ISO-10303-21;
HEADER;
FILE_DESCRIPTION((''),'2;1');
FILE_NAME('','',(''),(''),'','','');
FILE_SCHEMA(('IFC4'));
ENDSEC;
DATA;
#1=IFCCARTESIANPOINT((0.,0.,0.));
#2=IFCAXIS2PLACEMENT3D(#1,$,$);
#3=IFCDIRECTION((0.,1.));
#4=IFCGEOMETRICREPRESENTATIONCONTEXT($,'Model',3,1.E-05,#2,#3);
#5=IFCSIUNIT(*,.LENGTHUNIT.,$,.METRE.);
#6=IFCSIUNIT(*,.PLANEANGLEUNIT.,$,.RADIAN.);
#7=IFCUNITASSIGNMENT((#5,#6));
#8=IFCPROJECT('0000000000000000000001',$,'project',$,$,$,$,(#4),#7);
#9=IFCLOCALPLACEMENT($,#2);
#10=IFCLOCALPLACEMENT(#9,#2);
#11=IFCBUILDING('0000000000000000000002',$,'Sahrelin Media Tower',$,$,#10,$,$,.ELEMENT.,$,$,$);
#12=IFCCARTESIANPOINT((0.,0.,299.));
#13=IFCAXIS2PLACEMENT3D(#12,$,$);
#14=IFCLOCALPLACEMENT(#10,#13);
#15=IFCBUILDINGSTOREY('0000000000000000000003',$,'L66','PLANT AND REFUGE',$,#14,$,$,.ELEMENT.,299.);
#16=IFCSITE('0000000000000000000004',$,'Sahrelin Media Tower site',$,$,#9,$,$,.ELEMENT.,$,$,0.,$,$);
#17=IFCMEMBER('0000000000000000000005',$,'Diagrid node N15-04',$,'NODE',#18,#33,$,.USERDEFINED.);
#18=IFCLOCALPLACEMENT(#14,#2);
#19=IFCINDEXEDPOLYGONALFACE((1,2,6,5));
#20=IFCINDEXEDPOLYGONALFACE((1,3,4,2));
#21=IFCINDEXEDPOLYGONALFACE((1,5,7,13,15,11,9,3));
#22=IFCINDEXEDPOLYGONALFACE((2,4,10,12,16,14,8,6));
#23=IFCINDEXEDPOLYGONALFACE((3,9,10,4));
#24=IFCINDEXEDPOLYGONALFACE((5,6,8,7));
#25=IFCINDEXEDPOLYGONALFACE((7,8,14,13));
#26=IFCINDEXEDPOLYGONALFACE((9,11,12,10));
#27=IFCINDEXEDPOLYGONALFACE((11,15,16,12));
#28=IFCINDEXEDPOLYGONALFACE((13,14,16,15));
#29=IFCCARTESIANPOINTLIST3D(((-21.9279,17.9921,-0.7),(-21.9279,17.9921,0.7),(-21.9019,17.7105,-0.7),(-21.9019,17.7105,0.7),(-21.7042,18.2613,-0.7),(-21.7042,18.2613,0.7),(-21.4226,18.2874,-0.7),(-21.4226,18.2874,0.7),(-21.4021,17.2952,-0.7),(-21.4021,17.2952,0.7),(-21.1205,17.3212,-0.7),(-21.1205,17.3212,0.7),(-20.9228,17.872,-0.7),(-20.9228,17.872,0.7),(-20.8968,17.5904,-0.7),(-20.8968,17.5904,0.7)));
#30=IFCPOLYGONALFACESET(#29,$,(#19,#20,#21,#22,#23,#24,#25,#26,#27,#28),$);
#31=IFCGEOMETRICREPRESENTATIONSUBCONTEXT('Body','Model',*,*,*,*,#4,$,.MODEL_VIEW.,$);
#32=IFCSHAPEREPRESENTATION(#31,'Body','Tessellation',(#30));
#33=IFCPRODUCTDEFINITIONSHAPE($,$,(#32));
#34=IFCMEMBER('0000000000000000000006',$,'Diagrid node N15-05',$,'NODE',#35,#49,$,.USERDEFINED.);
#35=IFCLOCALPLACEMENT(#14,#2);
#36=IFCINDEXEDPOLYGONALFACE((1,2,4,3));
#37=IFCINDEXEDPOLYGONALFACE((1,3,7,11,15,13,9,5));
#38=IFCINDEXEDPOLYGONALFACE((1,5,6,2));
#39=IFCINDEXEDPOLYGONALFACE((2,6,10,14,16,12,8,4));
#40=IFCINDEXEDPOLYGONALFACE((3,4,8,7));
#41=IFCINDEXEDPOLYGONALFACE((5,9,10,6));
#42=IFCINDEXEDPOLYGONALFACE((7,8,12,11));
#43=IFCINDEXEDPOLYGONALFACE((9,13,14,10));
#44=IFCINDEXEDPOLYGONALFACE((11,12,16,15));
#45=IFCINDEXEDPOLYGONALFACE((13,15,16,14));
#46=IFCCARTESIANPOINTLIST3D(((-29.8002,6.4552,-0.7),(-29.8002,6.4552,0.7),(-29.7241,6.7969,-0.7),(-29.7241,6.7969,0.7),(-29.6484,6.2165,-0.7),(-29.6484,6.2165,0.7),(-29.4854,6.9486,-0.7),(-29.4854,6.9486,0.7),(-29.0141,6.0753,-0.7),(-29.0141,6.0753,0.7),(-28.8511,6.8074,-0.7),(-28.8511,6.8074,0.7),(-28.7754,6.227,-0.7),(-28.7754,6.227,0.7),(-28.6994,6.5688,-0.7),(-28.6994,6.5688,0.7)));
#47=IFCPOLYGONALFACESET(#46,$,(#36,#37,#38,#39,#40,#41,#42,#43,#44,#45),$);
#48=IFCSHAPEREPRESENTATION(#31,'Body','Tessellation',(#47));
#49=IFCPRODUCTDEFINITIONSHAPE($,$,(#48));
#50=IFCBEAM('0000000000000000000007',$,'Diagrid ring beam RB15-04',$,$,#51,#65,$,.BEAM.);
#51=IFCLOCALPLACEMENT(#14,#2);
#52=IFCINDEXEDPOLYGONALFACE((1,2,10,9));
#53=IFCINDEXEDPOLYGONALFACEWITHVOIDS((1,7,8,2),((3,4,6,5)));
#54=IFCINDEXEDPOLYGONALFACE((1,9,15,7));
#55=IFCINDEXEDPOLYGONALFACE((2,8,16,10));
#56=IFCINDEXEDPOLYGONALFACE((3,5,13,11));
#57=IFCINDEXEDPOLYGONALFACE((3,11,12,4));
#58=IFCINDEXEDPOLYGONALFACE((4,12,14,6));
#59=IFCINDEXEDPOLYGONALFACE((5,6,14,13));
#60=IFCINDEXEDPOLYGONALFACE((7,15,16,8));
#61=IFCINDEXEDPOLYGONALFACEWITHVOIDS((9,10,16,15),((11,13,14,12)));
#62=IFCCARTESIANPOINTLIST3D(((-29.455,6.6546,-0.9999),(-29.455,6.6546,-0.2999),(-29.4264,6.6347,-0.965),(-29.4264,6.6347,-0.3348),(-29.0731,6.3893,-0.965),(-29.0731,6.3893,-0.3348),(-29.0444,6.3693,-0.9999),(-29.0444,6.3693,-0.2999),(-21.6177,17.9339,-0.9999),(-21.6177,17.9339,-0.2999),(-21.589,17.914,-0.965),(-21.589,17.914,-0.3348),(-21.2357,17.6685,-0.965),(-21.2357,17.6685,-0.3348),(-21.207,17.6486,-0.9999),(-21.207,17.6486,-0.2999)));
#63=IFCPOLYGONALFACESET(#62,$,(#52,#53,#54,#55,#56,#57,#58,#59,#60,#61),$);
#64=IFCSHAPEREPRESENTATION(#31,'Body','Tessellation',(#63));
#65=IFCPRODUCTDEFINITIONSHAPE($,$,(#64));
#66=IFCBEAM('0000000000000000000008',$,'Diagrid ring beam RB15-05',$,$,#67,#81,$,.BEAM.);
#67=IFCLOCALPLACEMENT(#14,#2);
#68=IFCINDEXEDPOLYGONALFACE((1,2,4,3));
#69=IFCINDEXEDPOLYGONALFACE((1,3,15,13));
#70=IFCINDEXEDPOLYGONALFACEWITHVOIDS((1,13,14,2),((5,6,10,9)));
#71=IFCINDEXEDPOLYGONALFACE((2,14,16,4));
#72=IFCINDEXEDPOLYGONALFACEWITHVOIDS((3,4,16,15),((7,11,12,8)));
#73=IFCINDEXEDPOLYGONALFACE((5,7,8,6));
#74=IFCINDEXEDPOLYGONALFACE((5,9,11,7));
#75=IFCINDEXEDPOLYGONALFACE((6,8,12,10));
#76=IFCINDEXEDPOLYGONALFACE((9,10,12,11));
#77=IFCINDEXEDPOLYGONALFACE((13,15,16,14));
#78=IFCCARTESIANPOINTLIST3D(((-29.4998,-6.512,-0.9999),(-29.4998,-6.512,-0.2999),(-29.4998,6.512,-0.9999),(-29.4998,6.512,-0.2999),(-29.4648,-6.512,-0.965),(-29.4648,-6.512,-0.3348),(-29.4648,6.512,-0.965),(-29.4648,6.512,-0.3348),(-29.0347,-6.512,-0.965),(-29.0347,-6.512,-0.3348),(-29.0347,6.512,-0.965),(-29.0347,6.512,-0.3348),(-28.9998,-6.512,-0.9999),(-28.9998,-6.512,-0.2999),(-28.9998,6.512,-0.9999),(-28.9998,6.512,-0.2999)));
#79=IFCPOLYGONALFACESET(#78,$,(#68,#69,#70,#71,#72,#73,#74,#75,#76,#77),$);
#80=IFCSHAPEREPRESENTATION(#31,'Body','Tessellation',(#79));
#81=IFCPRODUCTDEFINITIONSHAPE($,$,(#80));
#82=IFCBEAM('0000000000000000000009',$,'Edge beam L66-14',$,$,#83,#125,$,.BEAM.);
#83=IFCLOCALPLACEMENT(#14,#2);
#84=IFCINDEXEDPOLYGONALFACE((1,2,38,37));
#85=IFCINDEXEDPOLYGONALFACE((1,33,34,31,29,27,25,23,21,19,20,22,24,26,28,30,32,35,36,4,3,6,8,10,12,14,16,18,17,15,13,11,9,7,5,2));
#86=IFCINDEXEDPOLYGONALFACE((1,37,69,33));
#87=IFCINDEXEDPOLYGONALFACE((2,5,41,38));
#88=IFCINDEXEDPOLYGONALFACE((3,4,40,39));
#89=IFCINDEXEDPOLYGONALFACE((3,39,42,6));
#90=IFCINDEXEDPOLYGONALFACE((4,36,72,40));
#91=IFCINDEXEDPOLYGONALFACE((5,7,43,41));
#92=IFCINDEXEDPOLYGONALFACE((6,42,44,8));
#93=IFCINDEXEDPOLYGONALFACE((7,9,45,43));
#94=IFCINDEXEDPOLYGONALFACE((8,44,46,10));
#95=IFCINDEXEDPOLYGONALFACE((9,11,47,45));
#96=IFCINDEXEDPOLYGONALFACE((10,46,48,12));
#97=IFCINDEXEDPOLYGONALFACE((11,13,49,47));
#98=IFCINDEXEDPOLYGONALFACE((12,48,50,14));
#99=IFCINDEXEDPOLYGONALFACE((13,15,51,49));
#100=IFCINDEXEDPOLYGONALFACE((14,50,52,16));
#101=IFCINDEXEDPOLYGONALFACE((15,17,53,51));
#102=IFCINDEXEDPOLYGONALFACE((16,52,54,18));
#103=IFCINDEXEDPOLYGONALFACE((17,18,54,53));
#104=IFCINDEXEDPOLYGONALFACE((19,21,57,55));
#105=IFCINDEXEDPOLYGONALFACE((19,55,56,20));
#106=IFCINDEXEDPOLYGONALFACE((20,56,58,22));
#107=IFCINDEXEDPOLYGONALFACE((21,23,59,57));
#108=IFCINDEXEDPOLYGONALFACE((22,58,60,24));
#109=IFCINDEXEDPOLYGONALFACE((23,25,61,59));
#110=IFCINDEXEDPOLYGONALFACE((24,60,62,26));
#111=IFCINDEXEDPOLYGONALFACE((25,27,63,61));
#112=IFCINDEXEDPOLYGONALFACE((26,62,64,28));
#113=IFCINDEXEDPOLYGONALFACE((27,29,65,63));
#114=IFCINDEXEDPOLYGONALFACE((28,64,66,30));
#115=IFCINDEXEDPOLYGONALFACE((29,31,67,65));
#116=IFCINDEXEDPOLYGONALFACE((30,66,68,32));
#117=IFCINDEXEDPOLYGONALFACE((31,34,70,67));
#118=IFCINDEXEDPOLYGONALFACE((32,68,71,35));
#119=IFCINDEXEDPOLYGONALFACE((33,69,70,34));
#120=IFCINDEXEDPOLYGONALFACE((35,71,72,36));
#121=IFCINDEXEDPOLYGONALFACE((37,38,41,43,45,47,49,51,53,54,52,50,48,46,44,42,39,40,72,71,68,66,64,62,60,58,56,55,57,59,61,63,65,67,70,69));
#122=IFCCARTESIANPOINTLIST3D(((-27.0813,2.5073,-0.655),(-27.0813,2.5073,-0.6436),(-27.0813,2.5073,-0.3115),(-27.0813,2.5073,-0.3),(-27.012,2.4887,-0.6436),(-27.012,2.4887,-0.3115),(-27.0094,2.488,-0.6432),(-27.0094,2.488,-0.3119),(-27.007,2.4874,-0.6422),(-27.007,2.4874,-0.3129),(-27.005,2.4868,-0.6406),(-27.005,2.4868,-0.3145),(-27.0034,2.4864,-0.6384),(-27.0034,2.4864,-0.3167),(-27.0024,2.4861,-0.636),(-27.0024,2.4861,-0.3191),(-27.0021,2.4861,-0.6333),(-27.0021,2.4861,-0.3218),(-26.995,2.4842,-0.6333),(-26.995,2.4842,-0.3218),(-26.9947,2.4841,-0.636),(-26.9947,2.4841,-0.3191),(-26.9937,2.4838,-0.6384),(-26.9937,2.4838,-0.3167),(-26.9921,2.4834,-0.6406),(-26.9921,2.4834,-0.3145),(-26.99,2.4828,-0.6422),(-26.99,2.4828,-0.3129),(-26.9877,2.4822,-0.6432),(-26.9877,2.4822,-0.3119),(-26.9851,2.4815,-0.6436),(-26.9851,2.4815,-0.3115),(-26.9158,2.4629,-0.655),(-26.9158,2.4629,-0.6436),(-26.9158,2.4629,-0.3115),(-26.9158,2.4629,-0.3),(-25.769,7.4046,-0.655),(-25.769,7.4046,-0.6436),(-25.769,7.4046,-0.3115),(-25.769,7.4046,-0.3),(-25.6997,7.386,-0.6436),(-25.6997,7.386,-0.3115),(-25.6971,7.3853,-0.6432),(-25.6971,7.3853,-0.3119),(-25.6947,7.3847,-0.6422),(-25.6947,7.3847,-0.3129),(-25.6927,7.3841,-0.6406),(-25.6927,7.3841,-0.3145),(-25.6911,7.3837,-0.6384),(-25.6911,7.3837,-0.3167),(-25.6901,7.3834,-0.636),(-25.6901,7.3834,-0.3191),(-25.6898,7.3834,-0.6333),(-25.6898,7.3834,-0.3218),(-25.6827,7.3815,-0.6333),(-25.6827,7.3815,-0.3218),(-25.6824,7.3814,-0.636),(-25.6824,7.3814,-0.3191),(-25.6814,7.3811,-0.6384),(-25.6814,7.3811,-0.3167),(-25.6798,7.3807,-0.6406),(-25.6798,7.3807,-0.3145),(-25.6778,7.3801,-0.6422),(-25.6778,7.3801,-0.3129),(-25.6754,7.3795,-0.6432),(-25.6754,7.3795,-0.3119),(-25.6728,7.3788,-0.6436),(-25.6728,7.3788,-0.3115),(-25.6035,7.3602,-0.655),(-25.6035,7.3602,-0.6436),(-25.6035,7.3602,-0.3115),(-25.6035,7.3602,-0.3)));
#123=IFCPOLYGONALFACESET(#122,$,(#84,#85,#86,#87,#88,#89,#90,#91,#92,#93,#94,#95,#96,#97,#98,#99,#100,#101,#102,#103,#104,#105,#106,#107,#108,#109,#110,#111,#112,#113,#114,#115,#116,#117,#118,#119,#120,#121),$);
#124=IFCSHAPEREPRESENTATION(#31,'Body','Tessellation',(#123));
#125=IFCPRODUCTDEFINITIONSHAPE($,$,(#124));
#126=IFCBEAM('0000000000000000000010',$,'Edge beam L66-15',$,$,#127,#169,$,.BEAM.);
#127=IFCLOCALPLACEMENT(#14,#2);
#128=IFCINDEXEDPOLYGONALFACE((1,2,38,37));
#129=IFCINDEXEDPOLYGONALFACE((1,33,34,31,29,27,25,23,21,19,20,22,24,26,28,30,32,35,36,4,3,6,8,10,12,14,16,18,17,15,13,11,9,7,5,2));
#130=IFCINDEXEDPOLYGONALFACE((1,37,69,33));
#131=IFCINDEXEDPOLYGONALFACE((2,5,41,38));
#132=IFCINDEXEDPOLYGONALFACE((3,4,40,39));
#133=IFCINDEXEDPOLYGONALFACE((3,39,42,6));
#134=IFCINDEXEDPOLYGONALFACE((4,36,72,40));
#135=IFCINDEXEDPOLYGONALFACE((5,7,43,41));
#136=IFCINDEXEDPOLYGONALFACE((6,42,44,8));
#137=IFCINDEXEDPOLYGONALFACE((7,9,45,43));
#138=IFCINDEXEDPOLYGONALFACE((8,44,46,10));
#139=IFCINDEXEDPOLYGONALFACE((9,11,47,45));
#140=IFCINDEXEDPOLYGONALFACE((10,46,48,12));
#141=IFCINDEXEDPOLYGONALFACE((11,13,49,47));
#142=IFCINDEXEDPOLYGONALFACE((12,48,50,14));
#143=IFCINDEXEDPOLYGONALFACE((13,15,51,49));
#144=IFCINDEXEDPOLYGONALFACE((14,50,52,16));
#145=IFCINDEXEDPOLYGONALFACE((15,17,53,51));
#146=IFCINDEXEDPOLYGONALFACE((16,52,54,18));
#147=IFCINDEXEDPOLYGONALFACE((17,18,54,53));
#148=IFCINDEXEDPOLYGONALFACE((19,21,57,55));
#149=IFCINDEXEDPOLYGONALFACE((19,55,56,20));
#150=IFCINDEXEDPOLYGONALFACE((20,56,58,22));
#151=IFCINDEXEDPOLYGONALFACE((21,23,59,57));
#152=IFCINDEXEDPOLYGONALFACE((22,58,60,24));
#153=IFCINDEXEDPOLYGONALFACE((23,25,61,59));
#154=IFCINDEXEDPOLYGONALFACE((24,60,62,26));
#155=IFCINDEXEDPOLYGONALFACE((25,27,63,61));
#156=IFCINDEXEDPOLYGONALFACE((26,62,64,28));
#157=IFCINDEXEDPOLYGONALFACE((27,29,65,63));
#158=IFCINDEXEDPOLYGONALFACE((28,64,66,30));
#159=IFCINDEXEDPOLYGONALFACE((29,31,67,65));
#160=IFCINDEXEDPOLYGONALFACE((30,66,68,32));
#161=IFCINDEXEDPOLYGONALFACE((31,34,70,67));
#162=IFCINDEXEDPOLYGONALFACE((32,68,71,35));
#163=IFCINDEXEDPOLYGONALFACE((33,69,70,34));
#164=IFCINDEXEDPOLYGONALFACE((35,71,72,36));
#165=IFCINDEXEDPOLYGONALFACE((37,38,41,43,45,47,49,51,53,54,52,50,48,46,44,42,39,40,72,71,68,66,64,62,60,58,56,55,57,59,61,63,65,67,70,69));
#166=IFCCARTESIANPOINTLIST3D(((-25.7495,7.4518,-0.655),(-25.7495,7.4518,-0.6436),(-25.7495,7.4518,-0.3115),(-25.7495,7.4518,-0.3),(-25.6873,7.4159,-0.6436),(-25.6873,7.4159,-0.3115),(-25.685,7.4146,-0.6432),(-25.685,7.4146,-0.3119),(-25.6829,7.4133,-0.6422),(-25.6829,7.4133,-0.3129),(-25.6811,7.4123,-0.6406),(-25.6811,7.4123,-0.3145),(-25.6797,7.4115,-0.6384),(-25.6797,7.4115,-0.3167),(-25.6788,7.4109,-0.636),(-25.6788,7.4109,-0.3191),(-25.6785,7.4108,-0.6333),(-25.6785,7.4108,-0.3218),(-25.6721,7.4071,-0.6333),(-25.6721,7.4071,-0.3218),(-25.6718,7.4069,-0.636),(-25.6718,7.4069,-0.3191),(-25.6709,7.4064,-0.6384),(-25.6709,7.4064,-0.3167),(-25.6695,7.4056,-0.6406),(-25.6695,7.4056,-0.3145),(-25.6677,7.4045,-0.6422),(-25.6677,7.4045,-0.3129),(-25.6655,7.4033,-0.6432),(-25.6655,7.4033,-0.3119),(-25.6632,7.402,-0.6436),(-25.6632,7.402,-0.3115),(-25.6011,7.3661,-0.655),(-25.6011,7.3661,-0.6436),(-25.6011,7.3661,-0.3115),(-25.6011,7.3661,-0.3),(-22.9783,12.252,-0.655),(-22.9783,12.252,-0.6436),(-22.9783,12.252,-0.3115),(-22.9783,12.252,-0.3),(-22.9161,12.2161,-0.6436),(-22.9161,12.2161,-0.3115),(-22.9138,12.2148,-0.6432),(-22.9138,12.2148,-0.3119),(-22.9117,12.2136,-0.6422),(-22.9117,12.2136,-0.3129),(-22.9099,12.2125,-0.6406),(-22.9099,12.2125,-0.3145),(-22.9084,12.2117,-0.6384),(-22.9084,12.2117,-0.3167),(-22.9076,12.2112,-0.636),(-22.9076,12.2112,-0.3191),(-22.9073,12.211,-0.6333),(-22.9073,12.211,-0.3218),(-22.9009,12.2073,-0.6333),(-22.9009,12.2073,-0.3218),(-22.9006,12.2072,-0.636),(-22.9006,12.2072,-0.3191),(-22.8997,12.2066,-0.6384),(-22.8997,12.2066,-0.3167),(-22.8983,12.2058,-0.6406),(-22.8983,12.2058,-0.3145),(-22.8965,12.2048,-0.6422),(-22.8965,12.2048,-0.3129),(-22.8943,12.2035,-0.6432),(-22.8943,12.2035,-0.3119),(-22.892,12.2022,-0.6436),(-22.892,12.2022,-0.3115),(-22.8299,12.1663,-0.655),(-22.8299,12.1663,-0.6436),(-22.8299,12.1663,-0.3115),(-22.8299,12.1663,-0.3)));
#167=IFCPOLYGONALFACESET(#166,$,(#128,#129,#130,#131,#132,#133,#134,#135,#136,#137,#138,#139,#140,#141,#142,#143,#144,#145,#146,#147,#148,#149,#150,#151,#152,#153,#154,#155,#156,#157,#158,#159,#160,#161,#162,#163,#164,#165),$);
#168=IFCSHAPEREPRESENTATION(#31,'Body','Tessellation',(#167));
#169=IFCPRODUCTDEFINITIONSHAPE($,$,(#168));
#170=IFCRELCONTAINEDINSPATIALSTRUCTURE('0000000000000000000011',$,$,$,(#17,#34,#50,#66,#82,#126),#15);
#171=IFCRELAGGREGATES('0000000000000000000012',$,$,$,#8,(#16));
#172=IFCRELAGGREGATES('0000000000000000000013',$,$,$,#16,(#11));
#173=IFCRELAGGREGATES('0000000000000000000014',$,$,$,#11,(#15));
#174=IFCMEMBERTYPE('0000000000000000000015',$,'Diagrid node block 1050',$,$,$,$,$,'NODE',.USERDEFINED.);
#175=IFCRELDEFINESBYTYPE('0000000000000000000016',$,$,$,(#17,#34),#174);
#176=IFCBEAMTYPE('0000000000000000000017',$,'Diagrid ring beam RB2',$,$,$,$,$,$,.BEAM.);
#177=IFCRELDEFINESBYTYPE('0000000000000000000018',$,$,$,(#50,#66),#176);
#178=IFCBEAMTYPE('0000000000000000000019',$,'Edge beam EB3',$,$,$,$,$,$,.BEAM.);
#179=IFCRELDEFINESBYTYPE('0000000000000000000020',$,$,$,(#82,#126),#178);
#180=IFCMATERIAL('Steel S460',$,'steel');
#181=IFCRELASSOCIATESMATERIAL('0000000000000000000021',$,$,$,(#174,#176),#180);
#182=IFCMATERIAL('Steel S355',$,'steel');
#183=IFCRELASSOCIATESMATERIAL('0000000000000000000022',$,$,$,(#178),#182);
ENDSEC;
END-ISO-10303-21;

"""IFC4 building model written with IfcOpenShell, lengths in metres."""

from ifc_helpers import new_model, si_unit, direction, frame, origin, origin_2d, place, context, subcontext, project, spatial, polyline, hollow_rectangle, i_section, outline, extrude, material, material_profile, profile_set, type_object, element, save


model = new_model("IFC4")

# Units and contexts
model_context = context("Model", 3, precision=1e-05, world=origin(), true_north=direction((0.0, 1.0)))
body_context = subcontext(model_context, "Body", "Model", "MODEL_VIEW")
ifc_project = project(units=[si_unit("LENGTHUNIT", "METRE"), si_unit("PLANEANGLEUNIT", "RADIAN")], contexts=[model_context])

# Site, building, storey
site_placement = place(None, origin())
site = spatial("IfcSite", under=ifc_project, at=site_placement, Name="Sahrelin Media Tower site", CompositionType="ELEMENT", RefElevation=0.0)
building_placement = place(site_placement, origin())
building = spatial("IfcBuilding", under=site, at=building_placement, Name="Sahrelin Media Tower", CompositionType="ELEMENT")
storey_placement = place(building_placement, frame((0.0, 0.0, 299.0)))
storey = spatial("IfcBuildingStorey", under=building, at=storey_placement, Name="L66", Description="PLANT AND REFUGE", CompositionType="ELEMENT", Elevation=299.0)

# Members
ifc_material_1 = material(Name="Steel S460", Category="steel")
ifc_material_profile_1 = material_profile(ifc_material_1, outline(polyline([(0.325, -0.375), (0.5249, -0.175), (0.5249, 0.175), (0.325, 0.375), (-0.325, 0.375), (-0.5249, 0.175), (-0.5249, -0.175), (-0.325, -0.375), (0.325, -0.375)])), Name="Diagrid node block 1050")
ifc_profile_set_1 = profile_set([ifc_material_profile_1], Name="Steel S460")
member_type_1 = type_object("IfcMemberType", Name="Diagrid node block 1050", ElementType="NODE", PredefinedType="USERDEFINED", material=ifc_profile_set_1)
for number, where, z_axis, x_axis, name in (
    (1, (-21.4124, 17.7913, -0.7), (0.0, 0.0, 1.0), (-0.769146, 0.639073, 0.0), "Diagrid node N15-04"),
    (2, (-29.2498, 6.512, -0.7), (0.0, 0.0, 1.0), (-0.976102, 0.217314, 0.0), "Diagrid node N15-05"),
):
    element("IfcMember", number, at=place(storey_placement, frame(where, z_axis=z_axis, x_axis=x_axis)), inside=storey, type_object=member_type_1, Name=name, ObjectType="NODE", PredefinedType="USERDEFINED", context=body_context, shape_type="SweptSolid", body=[
        extrude(outline(polyline([(0.325, -0.375), (0.5249, -0.175), (0.5249, 0.175), (0.325, 0.375), (-0.325, 0.375), (-0.5249, 0.175), (-0.5249, -0.175), (-0.325, -0.375), (0.325, -0.375)])), origin(), (0.0, 0.0, 1.0), 1.3999),
    ])

# Beams
ifc_material_profile_2 = material_profile(ifc_material_1, hollow_rectangle(XDim=0.5, YDim=0.7, WallThickness=0.0349, at=origin_2d()), Name="Diagrid ring beam RB2")
ifc_profile_set_2 = profile_set([ifc_material_profile_2], Name="Steel S460")
beam_type_1 = type_object("IfcBeamType", Name="Diagrid ring beam RB2", PredefinedType="BEAM", material=ifc_profile_set_2)
beam_1_placement = place(storey_placement, frame((-21.4124, 17.7913, -0.6499), z_axis=(-0.57062, -0.821214, 0.0), x_axis=(0.821214, -0.57062, 0.0)))
element("IfcBeam", 3, at=beam_1_placement, inside=storey, type_object=beam_type_1, Name="Diagrid ring beam RB15-04", PredefinedType="BEAM", context=body_context, shape_type="SweptSolid", body=[
    extrude(hollow_rectangle(XDim=0.5, YDim=0.7, WallThickness=0.0349, at=origin_2d()), origin(), (0.0, 0.0, 1.0), 13.7349),
])
beam_2_placement = place(storey_placement, frame((-29.2498, 6.512, -0.6499), z_axis=(0.0, -1.0, 0.0), x_axis=(1.0, 0.0, 0.0)))
element("IfcBeam", 4, at=beam_2_placement, inside=storey, type_object=beam_type_1, Name="Diagrid ring beam RB15-05", PredefinedType="BEAM", context=body_context, shape_type="SweptSolid", body=[
    extrude(hollow_rectangle(XDim=0.5, YDim=0.7, WallThickness=0.0349, at=origin_2d()), origin(), (0.0, 0.0, 1.0), 13.0239),
])
ifc_material_2 = material(Name="Steel S355", Category="steel")
ifc_material_profile_3 = material_profile(ifc_material_2, i_section(OverallWidth=0.1714, OverallDepth=0.355, WebThickness=0.0073, FlangeThickness=0.0115, FilletRadius=0.0103, at=origin_2d()), Name="UB 356x171x51")
ifc_profile_set_3 = profile_set([ifc_material_profile_3], Name="Steel S355")
beam_type_2 = type_object("IfcBeamType", Name="Edge beam EB3", PredefinedType="BEAM", material=ifc_profile_set_3)
beam_3_placement = place(storey_placement, frame((-26.9985, 2.4851, -0.4775), z_axis=(0.258828, 0.965923, 0.0), x_axis=(-0.965923, 0.258828, 0.0)))
element("IfcBeam", 5, at=beam_3_placement, inside=storey, type_object=beam_type_2, Name="Edge beam L66-14", PredefinedType="BEAM", context=body_context, shape_type="SweptSolid", body=[
    extrude(i_section(OverallWidth=0.1714, OverallDepth=0.355, WebThickness=0.0073, FlangeThickness=0.0115, FilletRadius=0.0103, at=origin_2d()), origin(), (0.0, 0.0, 1.0), 5.0701),
])
beam_4_placement = place(storey_placement, frame((-25.6753, 7.4089, -0.4775), z_axis=(0.499972, 0.866042, 0.0), x_axis=(-0.866042, 0.499972, 0.0)))
element("IfcBeam", 6, at=beam_4_placement, inside=storey, type_object=beam_type_2, Name="Edge beam L66-15", PredefinedType="BEAM", context=body_context, shape_type="SweptSolid", body=[
    extrude(i_section(OverallWidth=0.1714, OverallDepth=0.355, WebThickness=0.0073, FlangeThickness=0.0115, FilletRadius=0.0103, at=origin_2d()), origin(), (0.0, 0.0, 1.0), 5.5427),
])

save(model, "model.ifc")
